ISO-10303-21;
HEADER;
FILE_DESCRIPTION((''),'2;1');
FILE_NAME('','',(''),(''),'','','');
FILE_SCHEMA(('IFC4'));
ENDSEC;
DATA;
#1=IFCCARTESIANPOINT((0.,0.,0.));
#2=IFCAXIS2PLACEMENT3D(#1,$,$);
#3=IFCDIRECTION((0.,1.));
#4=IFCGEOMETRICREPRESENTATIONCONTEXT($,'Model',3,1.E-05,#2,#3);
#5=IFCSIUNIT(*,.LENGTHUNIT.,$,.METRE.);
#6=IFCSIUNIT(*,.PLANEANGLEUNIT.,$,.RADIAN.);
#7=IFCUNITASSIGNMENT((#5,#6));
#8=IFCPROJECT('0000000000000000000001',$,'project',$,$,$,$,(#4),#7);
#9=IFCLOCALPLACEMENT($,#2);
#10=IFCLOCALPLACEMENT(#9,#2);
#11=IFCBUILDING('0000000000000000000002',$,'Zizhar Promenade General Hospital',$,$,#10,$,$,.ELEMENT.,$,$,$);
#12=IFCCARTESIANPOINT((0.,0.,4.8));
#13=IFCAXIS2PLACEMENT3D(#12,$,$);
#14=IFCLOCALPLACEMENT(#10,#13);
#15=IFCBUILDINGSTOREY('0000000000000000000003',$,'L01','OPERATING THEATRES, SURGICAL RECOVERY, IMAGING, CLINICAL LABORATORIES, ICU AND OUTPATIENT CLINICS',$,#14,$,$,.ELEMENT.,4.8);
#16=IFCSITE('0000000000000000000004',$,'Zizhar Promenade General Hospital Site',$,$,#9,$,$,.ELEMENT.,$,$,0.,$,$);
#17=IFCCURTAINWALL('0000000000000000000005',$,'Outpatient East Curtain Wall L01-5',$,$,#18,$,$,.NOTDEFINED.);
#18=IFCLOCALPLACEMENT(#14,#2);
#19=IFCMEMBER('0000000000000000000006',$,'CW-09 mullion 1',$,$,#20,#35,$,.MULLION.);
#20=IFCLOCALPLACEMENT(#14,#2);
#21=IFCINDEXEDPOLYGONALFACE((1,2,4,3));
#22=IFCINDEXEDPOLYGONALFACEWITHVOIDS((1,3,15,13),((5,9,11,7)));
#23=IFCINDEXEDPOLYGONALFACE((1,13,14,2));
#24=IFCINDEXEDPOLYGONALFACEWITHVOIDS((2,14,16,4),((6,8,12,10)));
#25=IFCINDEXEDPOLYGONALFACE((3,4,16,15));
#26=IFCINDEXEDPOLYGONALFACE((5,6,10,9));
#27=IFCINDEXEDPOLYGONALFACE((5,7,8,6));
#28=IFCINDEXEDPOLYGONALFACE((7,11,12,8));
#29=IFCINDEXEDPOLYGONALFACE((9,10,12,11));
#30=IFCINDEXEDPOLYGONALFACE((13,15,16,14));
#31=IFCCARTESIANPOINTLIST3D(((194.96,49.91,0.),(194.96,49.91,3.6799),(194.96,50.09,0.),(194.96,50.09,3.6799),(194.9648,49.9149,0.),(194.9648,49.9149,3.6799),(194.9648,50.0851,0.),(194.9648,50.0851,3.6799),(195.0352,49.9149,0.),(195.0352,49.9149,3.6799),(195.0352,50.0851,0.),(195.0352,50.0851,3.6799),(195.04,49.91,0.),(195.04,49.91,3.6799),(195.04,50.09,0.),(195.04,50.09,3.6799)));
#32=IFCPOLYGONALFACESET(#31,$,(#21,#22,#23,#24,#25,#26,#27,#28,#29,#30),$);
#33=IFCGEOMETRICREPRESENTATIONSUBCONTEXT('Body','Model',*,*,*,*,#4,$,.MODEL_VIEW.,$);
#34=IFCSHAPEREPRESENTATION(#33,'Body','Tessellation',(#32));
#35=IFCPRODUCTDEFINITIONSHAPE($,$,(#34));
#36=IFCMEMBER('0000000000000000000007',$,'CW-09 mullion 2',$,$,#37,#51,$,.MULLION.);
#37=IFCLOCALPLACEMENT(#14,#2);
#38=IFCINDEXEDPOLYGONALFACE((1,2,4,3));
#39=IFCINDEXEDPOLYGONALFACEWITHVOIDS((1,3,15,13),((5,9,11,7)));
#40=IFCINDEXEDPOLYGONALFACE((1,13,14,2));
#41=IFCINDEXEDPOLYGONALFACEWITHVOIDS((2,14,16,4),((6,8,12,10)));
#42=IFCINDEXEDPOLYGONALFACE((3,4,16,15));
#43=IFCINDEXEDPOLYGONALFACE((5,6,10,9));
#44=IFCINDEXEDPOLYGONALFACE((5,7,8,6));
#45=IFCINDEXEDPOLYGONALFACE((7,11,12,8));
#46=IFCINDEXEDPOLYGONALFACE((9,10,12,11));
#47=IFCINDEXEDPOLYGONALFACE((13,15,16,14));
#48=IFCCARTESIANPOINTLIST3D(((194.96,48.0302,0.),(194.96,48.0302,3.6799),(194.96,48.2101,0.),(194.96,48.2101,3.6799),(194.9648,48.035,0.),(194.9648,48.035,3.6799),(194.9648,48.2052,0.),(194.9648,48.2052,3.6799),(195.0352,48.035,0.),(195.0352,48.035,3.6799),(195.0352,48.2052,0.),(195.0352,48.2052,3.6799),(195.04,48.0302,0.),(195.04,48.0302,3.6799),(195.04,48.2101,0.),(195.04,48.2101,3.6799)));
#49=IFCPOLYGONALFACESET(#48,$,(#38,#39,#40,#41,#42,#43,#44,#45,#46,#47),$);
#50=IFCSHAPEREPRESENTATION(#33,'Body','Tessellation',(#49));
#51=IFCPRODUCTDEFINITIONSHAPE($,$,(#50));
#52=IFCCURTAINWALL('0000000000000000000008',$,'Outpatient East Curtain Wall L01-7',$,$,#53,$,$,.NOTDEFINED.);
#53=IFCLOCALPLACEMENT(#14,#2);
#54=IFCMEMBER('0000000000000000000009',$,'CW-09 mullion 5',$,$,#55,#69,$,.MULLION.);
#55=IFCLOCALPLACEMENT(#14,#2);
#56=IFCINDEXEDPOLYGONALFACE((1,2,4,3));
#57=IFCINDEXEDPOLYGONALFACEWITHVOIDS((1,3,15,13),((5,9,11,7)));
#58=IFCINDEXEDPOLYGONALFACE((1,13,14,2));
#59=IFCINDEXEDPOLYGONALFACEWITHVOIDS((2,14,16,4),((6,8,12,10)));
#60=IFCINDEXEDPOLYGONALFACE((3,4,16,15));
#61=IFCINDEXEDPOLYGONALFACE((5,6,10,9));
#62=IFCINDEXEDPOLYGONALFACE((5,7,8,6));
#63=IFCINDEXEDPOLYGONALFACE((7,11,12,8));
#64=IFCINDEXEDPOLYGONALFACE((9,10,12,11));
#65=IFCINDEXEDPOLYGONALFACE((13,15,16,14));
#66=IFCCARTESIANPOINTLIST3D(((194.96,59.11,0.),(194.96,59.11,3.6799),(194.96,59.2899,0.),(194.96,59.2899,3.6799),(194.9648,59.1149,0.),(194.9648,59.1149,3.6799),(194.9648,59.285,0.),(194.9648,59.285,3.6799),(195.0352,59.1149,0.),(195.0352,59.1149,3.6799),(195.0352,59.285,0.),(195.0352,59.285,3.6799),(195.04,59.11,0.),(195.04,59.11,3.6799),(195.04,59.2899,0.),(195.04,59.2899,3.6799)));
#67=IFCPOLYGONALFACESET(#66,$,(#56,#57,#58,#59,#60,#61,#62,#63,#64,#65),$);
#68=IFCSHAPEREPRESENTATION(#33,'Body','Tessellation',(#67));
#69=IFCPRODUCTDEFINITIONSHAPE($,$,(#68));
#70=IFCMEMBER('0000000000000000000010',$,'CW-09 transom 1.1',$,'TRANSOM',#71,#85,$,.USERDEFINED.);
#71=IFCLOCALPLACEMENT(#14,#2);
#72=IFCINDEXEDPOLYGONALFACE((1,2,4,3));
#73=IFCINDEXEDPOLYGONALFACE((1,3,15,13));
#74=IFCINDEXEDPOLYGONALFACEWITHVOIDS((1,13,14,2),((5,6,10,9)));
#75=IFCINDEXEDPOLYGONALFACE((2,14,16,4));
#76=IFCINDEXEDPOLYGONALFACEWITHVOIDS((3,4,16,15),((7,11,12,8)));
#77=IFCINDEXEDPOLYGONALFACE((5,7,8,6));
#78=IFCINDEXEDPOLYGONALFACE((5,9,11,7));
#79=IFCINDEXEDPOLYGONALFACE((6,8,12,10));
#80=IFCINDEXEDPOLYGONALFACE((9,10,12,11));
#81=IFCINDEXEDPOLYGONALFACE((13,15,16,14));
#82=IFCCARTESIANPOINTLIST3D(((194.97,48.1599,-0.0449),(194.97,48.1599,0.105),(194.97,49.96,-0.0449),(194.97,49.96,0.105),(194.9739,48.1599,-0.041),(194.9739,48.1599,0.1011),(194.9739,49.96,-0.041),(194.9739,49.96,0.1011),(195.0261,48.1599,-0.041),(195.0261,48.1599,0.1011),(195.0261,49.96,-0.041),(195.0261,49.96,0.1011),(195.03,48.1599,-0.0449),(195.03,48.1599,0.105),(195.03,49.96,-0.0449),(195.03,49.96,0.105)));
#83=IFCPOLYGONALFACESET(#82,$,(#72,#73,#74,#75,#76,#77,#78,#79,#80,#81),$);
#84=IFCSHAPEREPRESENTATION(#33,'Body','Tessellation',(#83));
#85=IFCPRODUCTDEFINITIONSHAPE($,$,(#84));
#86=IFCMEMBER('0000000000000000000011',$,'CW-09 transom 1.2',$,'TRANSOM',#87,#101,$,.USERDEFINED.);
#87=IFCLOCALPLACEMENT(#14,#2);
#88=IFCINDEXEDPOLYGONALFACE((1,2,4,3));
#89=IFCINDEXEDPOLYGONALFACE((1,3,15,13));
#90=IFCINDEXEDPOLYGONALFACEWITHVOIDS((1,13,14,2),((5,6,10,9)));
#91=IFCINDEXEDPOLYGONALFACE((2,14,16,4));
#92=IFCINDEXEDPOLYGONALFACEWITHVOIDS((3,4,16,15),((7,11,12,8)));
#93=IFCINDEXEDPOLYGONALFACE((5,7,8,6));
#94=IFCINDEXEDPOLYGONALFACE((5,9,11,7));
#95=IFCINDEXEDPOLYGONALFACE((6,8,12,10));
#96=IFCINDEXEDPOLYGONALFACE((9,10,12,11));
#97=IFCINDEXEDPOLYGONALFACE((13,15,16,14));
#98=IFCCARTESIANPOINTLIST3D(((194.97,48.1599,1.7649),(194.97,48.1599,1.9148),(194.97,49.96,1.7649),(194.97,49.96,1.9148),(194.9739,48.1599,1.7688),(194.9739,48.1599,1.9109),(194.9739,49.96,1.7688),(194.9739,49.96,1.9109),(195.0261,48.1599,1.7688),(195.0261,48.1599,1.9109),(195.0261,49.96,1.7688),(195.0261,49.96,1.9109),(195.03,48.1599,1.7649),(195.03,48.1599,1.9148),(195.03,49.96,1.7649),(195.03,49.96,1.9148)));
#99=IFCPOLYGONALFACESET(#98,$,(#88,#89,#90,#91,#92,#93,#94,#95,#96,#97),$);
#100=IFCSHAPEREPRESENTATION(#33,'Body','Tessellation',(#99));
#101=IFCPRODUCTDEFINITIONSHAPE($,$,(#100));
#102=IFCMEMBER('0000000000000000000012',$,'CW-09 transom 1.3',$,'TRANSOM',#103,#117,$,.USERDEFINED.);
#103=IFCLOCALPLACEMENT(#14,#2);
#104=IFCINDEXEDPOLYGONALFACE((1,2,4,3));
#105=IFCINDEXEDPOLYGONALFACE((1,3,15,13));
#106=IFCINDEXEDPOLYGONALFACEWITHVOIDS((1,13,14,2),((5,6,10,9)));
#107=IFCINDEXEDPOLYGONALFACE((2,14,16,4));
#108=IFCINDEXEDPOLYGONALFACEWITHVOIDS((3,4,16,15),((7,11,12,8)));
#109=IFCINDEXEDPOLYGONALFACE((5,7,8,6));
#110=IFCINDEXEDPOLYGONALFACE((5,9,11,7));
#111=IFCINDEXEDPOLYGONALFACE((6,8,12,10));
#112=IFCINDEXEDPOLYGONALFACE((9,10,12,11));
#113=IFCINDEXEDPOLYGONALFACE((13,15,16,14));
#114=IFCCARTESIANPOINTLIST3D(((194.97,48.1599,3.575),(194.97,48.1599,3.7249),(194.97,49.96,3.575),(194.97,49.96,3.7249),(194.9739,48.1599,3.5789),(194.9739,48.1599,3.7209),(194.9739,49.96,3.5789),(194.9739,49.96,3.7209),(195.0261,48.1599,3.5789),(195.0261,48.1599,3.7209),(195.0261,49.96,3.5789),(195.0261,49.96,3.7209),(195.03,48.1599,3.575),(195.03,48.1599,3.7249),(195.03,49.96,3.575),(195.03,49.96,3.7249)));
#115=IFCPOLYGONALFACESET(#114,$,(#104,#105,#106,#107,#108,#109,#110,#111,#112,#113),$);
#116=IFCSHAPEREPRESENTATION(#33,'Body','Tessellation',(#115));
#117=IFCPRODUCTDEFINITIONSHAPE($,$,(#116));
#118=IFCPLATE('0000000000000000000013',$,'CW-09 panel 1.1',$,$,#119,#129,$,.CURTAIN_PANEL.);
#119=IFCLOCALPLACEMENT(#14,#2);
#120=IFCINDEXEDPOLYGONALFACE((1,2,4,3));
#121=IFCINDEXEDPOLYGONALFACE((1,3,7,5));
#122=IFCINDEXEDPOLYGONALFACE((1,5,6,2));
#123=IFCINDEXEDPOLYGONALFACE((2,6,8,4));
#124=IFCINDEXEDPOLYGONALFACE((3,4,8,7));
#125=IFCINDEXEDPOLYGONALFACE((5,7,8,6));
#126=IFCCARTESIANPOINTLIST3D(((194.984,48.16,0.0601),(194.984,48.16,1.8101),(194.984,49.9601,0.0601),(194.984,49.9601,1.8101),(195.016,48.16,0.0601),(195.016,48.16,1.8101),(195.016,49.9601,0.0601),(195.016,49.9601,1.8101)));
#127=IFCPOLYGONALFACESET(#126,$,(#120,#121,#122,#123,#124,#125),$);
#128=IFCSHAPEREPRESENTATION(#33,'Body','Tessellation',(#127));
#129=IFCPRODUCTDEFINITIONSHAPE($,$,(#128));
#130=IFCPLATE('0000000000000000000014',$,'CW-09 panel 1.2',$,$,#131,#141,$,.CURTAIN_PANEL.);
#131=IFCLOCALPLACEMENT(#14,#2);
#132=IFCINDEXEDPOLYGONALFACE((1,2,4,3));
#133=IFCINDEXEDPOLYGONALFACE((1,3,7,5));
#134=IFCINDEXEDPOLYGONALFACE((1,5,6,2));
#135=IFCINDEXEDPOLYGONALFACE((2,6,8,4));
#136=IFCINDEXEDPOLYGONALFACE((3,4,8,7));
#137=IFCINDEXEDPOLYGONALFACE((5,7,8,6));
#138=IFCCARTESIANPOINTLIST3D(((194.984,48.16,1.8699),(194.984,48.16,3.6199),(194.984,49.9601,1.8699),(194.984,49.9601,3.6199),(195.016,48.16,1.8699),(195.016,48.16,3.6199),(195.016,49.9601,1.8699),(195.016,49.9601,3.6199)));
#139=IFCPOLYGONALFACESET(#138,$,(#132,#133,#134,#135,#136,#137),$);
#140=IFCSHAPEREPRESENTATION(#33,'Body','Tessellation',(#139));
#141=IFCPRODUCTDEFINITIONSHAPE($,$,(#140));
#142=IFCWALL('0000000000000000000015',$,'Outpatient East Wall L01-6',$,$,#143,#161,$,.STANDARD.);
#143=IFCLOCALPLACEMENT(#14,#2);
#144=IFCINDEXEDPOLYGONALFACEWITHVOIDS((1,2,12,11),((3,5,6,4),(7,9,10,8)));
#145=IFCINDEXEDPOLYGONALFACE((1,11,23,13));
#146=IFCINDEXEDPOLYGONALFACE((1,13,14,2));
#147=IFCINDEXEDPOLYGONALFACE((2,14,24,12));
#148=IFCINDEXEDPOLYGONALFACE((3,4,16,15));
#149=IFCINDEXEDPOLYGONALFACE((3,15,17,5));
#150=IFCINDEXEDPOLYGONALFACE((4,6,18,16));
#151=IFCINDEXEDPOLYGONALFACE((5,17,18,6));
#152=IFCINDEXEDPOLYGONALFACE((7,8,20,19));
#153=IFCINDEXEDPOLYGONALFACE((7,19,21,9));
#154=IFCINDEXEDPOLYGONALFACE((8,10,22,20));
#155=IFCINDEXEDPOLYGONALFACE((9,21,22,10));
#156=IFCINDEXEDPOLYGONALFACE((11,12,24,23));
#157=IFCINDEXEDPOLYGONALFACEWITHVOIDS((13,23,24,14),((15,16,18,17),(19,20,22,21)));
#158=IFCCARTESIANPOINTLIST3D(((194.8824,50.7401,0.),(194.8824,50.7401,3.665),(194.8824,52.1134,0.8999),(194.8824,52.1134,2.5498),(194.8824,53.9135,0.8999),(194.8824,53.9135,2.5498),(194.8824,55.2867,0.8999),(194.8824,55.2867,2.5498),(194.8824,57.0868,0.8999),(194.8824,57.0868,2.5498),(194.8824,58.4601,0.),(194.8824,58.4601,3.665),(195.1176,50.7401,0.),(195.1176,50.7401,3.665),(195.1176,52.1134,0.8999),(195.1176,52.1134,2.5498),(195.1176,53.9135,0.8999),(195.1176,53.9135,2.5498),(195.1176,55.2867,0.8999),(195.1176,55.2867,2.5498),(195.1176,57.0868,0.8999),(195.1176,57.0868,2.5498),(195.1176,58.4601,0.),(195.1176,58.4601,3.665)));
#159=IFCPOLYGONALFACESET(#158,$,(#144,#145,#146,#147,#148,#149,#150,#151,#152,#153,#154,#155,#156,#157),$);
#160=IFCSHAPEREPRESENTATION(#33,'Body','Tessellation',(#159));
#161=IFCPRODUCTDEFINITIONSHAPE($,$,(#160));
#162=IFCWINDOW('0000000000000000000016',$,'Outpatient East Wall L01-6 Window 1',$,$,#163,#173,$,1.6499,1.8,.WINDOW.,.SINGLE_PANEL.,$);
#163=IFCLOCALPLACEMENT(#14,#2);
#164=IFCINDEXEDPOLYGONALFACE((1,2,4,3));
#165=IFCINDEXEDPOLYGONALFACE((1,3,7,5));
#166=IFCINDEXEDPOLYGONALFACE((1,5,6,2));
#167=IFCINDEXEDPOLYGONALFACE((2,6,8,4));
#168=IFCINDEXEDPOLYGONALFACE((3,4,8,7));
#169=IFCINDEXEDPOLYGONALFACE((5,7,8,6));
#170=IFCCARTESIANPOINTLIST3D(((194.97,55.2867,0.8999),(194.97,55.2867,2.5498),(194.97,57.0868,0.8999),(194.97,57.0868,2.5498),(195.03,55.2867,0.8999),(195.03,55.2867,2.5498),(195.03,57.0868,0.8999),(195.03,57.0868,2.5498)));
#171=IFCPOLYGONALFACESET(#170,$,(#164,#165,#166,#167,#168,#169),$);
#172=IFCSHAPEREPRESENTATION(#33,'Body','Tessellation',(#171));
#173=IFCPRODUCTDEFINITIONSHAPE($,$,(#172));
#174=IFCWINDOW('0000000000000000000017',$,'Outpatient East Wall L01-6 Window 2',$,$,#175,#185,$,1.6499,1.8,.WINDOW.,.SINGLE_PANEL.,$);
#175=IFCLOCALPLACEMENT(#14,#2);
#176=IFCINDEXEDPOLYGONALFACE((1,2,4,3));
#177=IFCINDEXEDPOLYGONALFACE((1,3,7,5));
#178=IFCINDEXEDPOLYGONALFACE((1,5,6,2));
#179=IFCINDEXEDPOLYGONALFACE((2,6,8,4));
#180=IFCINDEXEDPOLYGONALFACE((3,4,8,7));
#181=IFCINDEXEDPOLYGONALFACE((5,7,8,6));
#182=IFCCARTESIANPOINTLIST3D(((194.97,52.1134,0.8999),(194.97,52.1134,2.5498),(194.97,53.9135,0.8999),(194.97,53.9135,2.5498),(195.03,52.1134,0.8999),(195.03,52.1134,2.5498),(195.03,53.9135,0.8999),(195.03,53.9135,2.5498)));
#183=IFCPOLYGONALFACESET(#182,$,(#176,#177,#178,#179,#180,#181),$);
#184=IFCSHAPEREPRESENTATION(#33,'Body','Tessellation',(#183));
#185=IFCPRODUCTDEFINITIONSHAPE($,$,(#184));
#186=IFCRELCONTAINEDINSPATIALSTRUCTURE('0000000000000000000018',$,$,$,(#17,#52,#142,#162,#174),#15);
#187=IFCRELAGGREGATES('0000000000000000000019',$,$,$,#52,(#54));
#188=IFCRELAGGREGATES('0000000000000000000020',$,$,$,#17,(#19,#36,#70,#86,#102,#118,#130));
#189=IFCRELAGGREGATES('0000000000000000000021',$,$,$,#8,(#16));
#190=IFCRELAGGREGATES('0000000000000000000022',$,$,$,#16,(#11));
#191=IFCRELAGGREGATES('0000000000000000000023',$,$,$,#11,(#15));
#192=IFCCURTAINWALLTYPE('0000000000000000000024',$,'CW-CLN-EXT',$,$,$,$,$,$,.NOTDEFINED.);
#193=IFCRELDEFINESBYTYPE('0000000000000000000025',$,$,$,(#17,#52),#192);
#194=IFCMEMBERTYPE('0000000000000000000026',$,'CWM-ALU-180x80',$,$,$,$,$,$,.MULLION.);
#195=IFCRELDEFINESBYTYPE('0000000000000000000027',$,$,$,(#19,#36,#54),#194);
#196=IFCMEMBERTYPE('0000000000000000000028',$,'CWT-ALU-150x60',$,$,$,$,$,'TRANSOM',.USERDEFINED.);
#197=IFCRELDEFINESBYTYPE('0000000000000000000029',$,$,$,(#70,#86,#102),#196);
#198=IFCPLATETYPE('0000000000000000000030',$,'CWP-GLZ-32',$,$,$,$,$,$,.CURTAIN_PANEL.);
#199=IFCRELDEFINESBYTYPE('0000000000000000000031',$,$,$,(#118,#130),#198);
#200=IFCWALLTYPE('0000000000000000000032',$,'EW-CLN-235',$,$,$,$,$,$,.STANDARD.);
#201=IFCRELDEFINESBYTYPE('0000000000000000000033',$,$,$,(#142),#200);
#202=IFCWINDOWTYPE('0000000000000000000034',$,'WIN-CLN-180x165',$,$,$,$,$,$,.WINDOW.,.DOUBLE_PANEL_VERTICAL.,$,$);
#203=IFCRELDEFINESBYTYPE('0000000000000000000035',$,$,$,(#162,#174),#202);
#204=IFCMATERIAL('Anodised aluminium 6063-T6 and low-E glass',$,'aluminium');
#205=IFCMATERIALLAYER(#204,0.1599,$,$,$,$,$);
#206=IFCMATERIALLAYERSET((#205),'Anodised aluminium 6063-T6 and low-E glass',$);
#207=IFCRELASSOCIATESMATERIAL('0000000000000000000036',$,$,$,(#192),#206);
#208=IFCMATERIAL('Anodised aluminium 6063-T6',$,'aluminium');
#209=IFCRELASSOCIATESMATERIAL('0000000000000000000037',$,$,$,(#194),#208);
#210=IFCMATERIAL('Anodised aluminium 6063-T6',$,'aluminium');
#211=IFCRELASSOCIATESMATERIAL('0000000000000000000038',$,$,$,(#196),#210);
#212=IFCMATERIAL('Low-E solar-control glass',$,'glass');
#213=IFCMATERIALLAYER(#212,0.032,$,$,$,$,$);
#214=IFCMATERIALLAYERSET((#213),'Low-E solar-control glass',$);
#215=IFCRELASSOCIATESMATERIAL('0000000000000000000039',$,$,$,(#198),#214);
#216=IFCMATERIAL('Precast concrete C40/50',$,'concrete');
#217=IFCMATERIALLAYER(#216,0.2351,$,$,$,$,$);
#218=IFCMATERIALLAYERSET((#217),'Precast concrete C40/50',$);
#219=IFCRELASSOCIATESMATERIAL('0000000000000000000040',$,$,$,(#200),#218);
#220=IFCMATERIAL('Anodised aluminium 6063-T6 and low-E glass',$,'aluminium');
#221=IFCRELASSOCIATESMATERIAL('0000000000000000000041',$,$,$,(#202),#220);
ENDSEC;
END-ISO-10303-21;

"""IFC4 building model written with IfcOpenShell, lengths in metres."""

from ifc_helpers import new_model, si_unit, direction, frame, frame_2d, origin, origin_2d, place, context, subcontext, project, spatial, rectangle, hollow_rectangle, extrude, material, layer, layer_set, material_profile, profile_set, type_object, element, fill, aggregate, save


model = new_model("IFC4")

# Units and contexts
model_context = context("Model", 3, precision=1e-05, world=origin(), true_north=direction((0.0, 1.0)))
body_context = subcontext(model_context, "Body", "Model", "MODEL_VIEW")
ifc_project = project(units=[si_unit("LENGTHUNIT", "METRE"), si_unit("PLANEANGLEUNIT", "RADIAN")], contexts=[model_context])

# Site, building, storey
site_placement = place(None, origin())
site = spatial("IfcSite", under=ifc_project, at=site_placement, Name="Zizhar Promenade General Hospital Site", CompositionType="ELEMENT", RefElevation=0.0)
building_placement = place(site_placement, origin())
building = spatial("IfcBuilding", under=site, at=building_placement, Name="Zizhar Promenade General Hospital", CompositionType="ELEMENT")
storey_placement = place(building_placement, frame((0.0, 0.0, 4.8)))
storey = spatial("IfcBuildingStorey", under=building, at=storey_placement, Name="L01", Description="OPERATING THEATRES, SURGICAL RECOVERY, IMAGING, CLINICAL LABORATORIES, ICU AND OUTPATIENT CLINICS", CompositionType="ELEMENT", Elevation=4.8)

# Curtain wall, members
ifc_material_1 = material(Name="Anodised aluminium 6063-T6 and low-E glass", Category="aluminium")
ifc_layer_1 = layer(ifc_material_1, 0.1599)
ifc_layer_set_1 = layer_set([ifc_layer_1], Name="Anodised aluminium 6063-T6 and low-E glass")
curtain_wall_type = type_object("IfcCurtainWallType", Name="CW-CLN-EXT", PredefinedType="NOTDEFINED", material=ifc_layer_set_1)
curtain_wall_1_placement = place(storey_placement, origin())
curtain_wall_1 = element("IfcCurtainWall", 1, at=curtain_wall_1_placement, inside=storey, type_object=curtain_wall_type, Name="Outpatient East Curtain Wall L01-5", PredefinedType="NOTDEFINED")
ifc_material_2 = material(Name="Anodised aluminium 6063-T6", Category="aluminium")
ifc_material_profile_1 = material_profile(ifc_material_2, hollow_rectangle(XDim=0.0801, YDim=0.1799, WallThickness=0.0049, at=origin_2d()))
ifc_profile_set_1 = profile_set([ifc_material_profile_1], Name="Anodised aluminium 6063-T6")
member_type_1 = type_object("IfcMemberType", Name="CWM-ALU-180x80", PredefinedType="MULLION", material=ifc_profile_set_1)
member_1_placement = place(storey_placement, frame((195.0, 50.0, 0.0), z_axis=(0.0, 0.0, 1.0), x_axis=(1.0, 0.0, 0.0)))
member_1 = element("IfcMember", 2, at=member_1_placement, type_object=member_type_1, Name="CW-09 mullion 1", PredefinedType="MULLION", context=body_context, shape_type="SweptSolid", body=[
    extrude(hollow_rectangle(XDim=0.0801, YDim=0.1799, WallThickness=0.0049, at=origin_2d()), origin(), (0.0, 0.0, 1.0), 3.6799),
])
member_2_placement = place(storey_placement, frame((195.0, 48.1201, 0.0), z_axis=(0.0, 0.0, 1.0), x_axis=(1.0, 0.0, 0.0)))
member_2 = element("IfcMember", 3, at=member_2_placement, type_object=member_type_1, Name="CW-09 mullion 2", PredefinedType="MULLION", context=body_context, shape_type="SweptSolid", body=[
    extrude(hollow_rectangle(XDim=0.0801, YDim=0.1799, WallThickness=0.0049, at=origin_2d()), origin(), (0.0, 0.0, 1.0), 3.6799),
])

# Curtain wall, member
curtain_wall_2_placement = place(storey_placement, origin())
curtain_wall_2 = element("IfcCurtainWall", 4, at=curtain_wall_2_placement, inside=storey, type_object=curtain_wall_type, Name="Outpatient East Curtain Wall L01-7", PredefinedType="NOTDEFINED")
member_3_placement = place(storey_placement, frame((195.0, 59.2, 0.0), z_axis=(0.0, 0.0, 1.0), x_axis=(1.0, 0.0, 0.0)))
member_3 = element("IfcMember", 5, at=member_3_placement, type_object=member_type_1, Name="CW-09 mullion 5", PredefinedType="MULLION", context=body_context, shape_type="SweptSolid", body=[
    extrude(hollow_rectangle(XDim=0.0801, YDim=0.1799, WallThickness=0.0049, at=origin_2d()), origin(), (0.0, 0.0, 1.0), 3.6799),
])
aggregate(curtain_wall_2, [member_3])

# Members
ifc_material_3 = material(Name="Anodised aluminium 6063-T6", Category="aluminium")
ifc_material_profile_2 = material_profile(ifc_material_3, hollow_rectangle(XDim=0.0601, YDim=0.1499, WallThickness=0.0039, at=origin_2d()))
ifc_profile_set_2 = profile_set([ifc_material_profile_2], Name="Anodised aluminium 6063-T6")
member_type_2 = type_object("IfcMemberType", Name="CWT-ALU-150x60", ElementType="TRANSOM", PredefinedType="USERDEFINED", material=ifc_profile_set_2)
member_4_placement = place(storey_placement, frame((195.0, 49.96, 0.03), z_axis=(0.0, -1.0, 0.0), x_axis=(1.0, 0.0, 0.0)))
member_4 = element("IfcMember", 6, at=member_4_placement, type_object=member_type_2, Name="CW-09 transom 1.1", ObjectType="TRANSOM", PredefinedType="USERDEFINED", context=body_context, shape_type="SweptSolid", body=[
    extrude(hollow_rectangle(XDim=0.0601, YDim=0.1499, WallThickness=0.0039, at=origin_2d()), origin(), (0.0, 0.0, 1.0), 1.8),
])
member_5_placement = place(storey_placement, frame((195.0, 49.96, 1.8398), z_axis=(0.0, -1.0, 0.0), x_axis=(1.0, 0.0, 0.0)))
member_5 = element("IfcMember", 7, at=member_5_placement, type_object=member_type_2, Name="CW-09 transom 1.2", ObjectType="TRANSOM", PredefinedType="USERDEFINED", context=body_context, shape_type="SweptSolid", body=[
    extrude(hollow_rectangle(XDim=0.0601, YDim=0.1499, WallThickness=0.0039, at=origin_2d()), origin(), (0.0, 0.0, 1.0), 1.8),
])
member_6_placement = place(storey_placement, frame((195.0, 49.96, 3.6499), z_axis=(0.0, -1.0, 0.0), x_axis=(1.0, 0.0, 0.0)))
member_6 = element("IfcMember", 8, at=member_6_placement, type_object=member_type_2, Name="CW-09 transom 1.3", ObjectType="TRANSOM", PredefinedType="USERDEFINED", context=body_context, shape_type="SweptSolid", body=[
    extrude(hollow_rectangle(XDim=0.0601, YDim=0.1499, WallThickness=0.0039, at=origin_2d()), origin(), (0.0, 0.0, 1.0), 1.8),
])

# Plates
ifc_material_4 = material(Name="Low-E solar-control glass", Category="glass")
ifc_layer_2 = layer(ifc_material_4, 0.032)
ifc_layer_set_2 = layer_set([ifc_layer_2], Name="Low-E solar-control glass")
plate_type = type_object("IfcPlateType", Name="CWP-GLZ-32", PredefinedType="CURTAIN_PANEL", material=ifc_layer_set_2)
plate_1_placement = place(storey_placement, frame((195.0, 49.0601, 0.0601), z_axis=(0.0, 0.0, 1.0), x_axis=(0.0, -1.0, 0.0)))
plate_1 = element("IfcPlate", 9, at=plate_1_placement, type_object=plate_type, Name="CW-09 panel 1.1", PredefinedType="CURTAIN_PANEL", context=body_context, shape_type="SweptSolid", body=[
    extrude(rectangle(XDim=1.8, YDim=0.032, at=origin_2d()), origin(), (0.0, 0.0, 1.0), 1.75),
])
plate_2_placement = place(storey_placement, frame((195.0, 49.0601, 1.8699), z_axis=(0.0, 0.0, 1.0), x_axis=(0.0, -1.0, 0.0)))
plate_2 = element("IfcPlate", 10, at=plate_2_placement, type_object=plate_type, Name="CW-09 panel 1.2", PredefinedType="CURTAIN_PANEL", context=body_context, shape_type="SweptSolid", body=[
    extrude(rectangle(XDim=1.8, YDim=0.032, at=origin_2d()), origin(), (0.0, 0.0, 1.0), 1.75),
])
aggregate(curtain_wall_1, [member_1, member_2, member_4, member_5, member_6, plate_1, plate_2])

# Wall, openings, windows
ifc_material_5 = material(Name="Precast concrete C40/50", Category="concrete")
ifc_layer_3 = layer(ifc_material_5, 0.2351)
ifc_layer_set_3 = layer_set([ifc_layer_3], Name="Precast concrete C40/50")
wall_type = type_object("IfcWallType", Name="EW-CLN-235", PredefinedType="STANDARD", material=ifc_layer_set_3)
wall_placement = place(storey_placement, frame((195.0, 58.46, 0.0), z_axis=(0.0, 0.0, 1.0), x_axis=(0.0, -1.0, 0.0)))
wall = element("IfcWall", 11, at=wall_placement, inside=storey, type_object=wall_type, Name="Outpatient East Wall L01-6", PredefinedType="STANDARD", context=body_context, shape_type="SweptSolid", body=[
    extrude(rectangle(XDim=7.72, YDim=0.2351, at=frame_2d((3.8599, 0.0))), origin(), (0.0, 0.0, 1.0), 3.665),
])
opening_1_placement = place(wall_placement, frame((1.3733, 0.0, 0.8999)))
opening_1 = element("IfcOpeningElement", 12, at=opening_1_placement, cuts=wall, PredefinedType="OPENING", context=body_context, shape_type="SweptSolid", body=[
    extrude(rectangle(XDim=1.8, YDim=1.6499, at=frame_2d((0.8999, 0.825))), frame((0.0, 0.1274, 0.0), z_axis=(0.0, -1.0, 0.0), x_axis=(1.0, 0.0, 0.0)), (0.0, 0.0, 1.0), 0.2551),
])
opening_2_placement = place(wall_placement, frame((4.5466, 0.0, 0.8999)))
opening_2 = element("IfcOpeningElement", 13, at=opening_2_placement, cuts=wall, PredefinedType="OPENING", context=body_context, shape_type="SweptSolid", body=[
    extrude(rectangle(XDim=1.8, YDim=1.6499, at=frame_2d((0.8999, 0.825))), frame((0.0, 0.1274, 0.0), z_axis=(0.0, -1.0, 0.0), x_axis=(1.0, 0.0, 0.0)), (0.0, 0.0, 1.0), 0.2551),
])
ifc_material_6 = material(Name="Anodised aluminium 6063-T6 and low-E glass", Category="aluminium")
window_type = type_object("IfcWindowType", Name="WIN-CLN-180x165", PartitioningType="DOUBLE_PANEL_VERTICAL", PredefinedType="WINDOW", material=ifc_material_6)
window_1_placement = place(opening_1_placement, origin())
window_1 = element("IfcWindow", 14, at=window_1_placement, inside=storey, type_object=window_type, Name="Outpatient East Wall L01-6 Window 1", OverallHeight=1.6499, OverallWidth=1.8, PartitioningType="SINGLE_PANEL", PredefinedType="WINDOW", context=body_context, shape_type="SweptSolid", body=[
    extrude(rectangle(XDim=1.8, YDim=1.6499, at=frame_2d((0.8999, 0.825))), frame((0.0, 0.03, 0.0), z_axis=(0.0, -1.0, 0.0), x_axis=(1.0, 0.0, 0.0)), (0.0, 0.0, 1.0), 0.0601),
])
fill(opening_1, window_1)
window_2_placement = place(opening_2_placement, origin())
window_2 = element("IfcWindow", 15, at=window_2_placement, inside=storey, type_object=window_type, Name="Outpatient East Wall L01-6 Window 2", OverallHeight=1.6499, OverallWidth=1.8, PartitioningType="SINGLE_PANEL", PredefinedType="WINDOW", context=body_context, shape_type="SweptSolid", body=[
    extrude(rectangle(XDim=1.8, YDim=1.6499, at=frame_2d((0.8999, 0.825))), frame((0.0, 0.03, 0.0), z_axis=(0.0, -1.0, 0.0), x_axis=(1.0, 0.0, 0.0)), (0.0, 0.0, 1.0), 0.0601),
])
fill(opening_2, window_2)

save(model, "model.ifc")
